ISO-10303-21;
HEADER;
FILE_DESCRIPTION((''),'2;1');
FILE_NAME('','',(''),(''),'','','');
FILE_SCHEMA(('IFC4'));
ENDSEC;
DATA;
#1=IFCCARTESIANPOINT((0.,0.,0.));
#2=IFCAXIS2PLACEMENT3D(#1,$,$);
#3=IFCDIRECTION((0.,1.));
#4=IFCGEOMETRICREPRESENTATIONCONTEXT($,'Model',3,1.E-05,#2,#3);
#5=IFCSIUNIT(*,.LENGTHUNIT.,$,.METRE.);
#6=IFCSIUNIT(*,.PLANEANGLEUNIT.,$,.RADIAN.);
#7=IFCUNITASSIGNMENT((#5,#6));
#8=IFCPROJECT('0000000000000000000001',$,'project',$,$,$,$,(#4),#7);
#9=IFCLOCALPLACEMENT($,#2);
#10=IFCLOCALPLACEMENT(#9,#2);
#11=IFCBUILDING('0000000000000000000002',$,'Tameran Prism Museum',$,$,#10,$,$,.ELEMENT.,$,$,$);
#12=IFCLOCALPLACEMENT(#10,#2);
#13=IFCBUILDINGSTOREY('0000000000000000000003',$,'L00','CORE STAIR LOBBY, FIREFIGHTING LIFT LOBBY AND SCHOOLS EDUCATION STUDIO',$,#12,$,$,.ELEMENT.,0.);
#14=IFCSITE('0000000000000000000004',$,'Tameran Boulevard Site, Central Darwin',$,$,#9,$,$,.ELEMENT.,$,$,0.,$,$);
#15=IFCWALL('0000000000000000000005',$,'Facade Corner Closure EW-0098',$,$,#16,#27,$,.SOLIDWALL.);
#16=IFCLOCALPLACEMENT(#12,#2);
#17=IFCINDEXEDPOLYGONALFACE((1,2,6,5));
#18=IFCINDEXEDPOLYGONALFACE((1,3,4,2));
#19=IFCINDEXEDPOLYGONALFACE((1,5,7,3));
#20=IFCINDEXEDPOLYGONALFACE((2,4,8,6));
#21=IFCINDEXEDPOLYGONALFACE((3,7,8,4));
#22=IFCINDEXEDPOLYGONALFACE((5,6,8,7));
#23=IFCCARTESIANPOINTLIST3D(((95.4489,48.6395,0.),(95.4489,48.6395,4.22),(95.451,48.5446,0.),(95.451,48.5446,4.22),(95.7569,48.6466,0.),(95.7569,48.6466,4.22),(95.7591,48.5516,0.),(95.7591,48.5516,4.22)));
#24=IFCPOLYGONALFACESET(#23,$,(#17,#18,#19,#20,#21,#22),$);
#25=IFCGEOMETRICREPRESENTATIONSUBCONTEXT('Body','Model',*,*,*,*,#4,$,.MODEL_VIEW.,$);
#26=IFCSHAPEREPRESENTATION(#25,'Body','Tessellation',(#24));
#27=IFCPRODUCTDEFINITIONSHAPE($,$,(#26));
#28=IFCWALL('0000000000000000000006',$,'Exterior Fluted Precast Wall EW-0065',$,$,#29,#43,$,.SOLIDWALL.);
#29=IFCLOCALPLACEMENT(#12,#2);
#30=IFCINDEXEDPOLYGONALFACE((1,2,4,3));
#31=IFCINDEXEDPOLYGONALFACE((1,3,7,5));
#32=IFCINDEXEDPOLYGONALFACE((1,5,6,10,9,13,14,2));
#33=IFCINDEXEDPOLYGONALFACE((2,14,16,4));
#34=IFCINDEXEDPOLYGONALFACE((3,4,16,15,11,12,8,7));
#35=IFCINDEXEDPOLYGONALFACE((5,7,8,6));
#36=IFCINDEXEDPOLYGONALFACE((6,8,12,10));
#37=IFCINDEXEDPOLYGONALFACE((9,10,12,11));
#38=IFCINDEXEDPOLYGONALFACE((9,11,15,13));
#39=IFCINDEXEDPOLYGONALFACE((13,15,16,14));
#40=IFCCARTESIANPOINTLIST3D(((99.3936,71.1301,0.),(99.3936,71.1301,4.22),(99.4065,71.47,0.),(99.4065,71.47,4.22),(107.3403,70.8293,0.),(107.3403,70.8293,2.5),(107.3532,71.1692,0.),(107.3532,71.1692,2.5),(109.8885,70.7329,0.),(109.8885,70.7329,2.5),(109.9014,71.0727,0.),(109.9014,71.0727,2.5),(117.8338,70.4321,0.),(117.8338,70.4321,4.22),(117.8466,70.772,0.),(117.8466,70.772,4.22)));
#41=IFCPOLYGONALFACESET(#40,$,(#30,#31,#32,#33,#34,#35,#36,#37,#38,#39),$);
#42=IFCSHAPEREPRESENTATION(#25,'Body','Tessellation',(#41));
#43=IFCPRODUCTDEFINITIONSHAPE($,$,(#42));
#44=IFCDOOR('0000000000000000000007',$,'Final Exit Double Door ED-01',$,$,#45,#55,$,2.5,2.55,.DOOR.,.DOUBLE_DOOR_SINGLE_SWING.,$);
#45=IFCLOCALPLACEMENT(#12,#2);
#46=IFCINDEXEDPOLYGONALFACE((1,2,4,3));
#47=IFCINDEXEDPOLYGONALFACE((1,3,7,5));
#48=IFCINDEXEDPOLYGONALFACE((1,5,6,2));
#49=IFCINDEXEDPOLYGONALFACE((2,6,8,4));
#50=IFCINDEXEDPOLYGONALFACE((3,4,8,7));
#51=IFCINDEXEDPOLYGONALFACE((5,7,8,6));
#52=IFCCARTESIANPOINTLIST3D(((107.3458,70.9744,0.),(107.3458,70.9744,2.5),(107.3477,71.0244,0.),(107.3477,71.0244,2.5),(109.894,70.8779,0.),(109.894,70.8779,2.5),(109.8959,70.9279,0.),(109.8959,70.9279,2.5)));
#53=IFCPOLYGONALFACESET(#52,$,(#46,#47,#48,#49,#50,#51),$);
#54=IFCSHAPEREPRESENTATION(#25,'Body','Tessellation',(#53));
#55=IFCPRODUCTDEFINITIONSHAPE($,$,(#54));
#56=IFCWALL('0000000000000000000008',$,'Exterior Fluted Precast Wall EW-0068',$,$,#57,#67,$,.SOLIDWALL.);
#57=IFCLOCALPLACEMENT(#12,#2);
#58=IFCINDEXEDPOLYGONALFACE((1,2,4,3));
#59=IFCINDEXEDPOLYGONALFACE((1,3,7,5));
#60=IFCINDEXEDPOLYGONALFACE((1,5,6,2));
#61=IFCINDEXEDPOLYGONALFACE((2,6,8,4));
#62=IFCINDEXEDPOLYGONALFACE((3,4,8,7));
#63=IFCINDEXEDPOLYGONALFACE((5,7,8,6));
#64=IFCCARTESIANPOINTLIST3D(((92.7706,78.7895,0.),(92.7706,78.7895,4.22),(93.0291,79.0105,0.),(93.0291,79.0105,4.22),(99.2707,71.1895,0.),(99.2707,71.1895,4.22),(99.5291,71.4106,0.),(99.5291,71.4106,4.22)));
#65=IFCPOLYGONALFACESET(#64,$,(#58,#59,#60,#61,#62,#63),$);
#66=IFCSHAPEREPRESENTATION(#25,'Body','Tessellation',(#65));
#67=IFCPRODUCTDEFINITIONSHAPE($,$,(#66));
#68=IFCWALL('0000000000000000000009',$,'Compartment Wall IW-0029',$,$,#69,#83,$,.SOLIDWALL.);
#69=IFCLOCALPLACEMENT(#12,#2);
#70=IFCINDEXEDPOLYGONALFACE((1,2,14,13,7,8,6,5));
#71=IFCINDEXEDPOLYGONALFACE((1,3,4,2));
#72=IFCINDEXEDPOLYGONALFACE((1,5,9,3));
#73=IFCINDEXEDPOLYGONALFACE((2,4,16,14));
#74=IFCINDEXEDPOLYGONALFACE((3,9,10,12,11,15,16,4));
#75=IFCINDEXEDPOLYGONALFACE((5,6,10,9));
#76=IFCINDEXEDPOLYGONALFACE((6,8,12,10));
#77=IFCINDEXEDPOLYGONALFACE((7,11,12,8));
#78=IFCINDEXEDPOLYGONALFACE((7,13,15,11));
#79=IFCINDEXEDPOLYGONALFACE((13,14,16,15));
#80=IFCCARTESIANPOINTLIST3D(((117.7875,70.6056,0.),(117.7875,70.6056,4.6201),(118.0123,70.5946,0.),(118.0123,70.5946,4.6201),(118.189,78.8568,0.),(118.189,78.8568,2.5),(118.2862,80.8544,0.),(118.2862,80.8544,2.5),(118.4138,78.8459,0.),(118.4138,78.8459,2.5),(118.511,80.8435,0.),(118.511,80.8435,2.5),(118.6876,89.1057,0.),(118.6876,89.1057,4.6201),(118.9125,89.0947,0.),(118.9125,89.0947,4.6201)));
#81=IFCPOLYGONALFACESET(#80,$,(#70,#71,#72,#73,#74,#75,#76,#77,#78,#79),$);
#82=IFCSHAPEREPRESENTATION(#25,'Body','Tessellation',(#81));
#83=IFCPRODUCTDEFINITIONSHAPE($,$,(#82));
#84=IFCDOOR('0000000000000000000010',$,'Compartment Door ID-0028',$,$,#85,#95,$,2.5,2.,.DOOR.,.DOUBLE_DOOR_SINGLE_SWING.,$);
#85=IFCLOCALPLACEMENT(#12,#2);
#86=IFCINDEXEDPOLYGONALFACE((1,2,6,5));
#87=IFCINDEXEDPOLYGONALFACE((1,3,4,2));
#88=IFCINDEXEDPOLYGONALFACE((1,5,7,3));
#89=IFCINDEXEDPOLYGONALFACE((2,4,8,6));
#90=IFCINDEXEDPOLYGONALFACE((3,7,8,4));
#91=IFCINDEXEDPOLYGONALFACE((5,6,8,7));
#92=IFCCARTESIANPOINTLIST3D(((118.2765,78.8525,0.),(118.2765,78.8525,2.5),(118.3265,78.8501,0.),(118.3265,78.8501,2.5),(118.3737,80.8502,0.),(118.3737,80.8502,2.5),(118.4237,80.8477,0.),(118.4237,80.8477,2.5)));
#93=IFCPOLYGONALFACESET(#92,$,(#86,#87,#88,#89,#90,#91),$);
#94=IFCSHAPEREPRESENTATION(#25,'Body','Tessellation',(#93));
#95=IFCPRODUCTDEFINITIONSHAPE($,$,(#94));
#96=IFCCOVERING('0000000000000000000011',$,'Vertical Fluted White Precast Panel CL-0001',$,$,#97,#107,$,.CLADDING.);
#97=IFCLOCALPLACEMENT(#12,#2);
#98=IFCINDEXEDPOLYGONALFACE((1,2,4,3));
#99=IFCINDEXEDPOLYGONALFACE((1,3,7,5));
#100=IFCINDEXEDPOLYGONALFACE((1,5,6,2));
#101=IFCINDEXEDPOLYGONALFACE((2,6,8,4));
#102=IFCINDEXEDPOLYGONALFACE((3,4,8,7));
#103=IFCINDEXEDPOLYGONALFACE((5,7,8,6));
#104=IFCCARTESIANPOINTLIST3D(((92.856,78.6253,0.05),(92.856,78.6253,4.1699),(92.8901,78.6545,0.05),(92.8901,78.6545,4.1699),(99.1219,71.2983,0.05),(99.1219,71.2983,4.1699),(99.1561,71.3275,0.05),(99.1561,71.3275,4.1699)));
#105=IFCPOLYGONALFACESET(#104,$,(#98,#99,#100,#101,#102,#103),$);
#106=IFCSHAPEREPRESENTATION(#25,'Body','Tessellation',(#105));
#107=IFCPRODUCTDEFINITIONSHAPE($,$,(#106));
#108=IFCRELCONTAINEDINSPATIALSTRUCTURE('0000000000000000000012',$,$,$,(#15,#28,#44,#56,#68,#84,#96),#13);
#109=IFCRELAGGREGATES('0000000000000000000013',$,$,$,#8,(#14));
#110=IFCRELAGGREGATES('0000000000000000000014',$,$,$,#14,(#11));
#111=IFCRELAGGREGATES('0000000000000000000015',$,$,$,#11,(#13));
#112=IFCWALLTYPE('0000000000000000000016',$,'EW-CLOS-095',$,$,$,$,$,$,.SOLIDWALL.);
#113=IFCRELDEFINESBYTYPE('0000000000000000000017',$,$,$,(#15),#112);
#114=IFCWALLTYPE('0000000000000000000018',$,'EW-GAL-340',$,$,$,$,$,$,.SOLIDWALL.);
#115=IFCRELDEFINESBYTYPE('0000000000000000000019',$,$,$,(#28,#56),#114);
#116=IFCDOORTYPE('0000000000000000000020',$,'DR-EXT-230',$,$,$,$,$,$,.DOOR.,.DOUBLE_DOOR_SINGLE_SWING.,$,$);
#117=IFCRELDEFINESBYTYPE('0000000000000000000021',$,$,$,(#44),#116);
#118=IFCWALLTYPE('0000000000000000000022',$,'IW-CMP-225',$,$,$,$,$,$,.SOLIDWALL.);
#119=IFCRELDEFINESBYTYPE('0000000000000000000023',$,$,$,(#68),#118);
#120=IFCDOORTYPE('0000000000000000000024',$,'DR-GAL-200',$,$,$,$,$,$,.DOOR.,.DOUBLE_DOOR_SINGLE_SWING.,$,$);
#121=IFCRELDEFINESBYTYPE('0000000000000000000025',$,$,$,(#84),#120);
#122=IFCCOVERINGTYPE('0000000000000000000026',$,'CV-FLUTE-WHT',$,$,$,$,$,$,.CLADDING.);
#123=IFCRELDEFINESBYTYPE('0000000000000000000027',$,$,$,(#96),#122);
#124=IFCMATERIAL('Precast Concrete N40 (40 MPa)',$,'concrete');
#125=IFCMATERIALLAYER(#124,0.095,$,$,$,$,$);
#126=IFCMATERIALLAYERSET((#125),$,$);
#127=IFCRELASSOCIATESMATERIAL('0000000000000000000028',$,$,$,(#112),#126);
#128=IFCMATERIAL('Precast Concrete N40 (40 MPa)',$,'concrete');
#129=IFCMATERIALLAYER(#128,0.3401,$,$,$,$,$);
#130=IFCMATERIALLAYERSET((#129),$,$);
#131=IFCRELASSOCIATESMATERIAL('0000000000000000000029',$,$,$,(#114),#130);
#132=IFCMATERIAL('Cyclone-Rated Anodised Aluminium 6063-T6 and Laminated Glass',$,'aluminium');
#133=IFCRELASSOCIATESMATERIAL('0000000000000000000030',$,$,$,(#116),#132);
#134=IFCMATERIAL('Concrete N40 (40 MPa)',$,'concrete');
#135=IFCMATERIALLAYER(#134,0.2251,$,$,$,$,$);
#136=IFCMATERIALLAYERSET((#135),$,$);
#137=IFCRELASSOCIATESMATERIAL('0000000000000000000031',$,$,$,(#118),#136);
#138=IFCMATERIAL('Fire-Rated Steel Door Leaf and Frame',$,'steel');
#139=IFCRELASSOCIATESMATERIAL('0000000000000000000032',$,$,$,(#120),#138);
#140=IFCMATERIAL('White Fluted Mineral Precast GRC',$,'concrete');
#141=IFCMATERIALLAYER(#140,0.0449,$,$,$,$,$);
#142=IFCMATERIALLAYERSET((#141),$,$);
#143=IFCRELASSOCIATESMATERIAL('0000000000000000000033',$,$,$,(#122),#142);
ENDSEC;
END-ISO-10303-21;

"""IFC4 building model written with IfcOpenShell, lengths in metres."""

from ifc_helpers import new_model, si_unit, direction, frame, frame_2d, origin, place, context, subcontext, project, spatial, rectangle, extrude, material, layer, layer_set, type_object, element, fill, save


model = new_model("IFC4")

# Units and contexts
model_context = context("Model", 3, precision=1e-05, world=origin(), true_north=direction((0.0, 1.0)))
body_context = subcontext(model_context, "Body", "Model", "MODEL_VIEW")
ifc_project = project(units=[si_unit("LENGTHUNIT", "METRE"), si_unit("PLANEANGLEUNIT", "RADIAN")], contexts=[model_context])

# Site, building, storey
site_placement = place(None, origin())
site = spatial("IfcSite", under=ifc_project, at=site_placement, Name="Tameran Boulevard Site, Central Darwin", CompositionType="ELEMENT", RefElevation=0.0)
building_placement = place(site_placement, origin())
building = spatial("IfcBuilding", under=site, at=building_placement, Name="Tameran Prism Museum", CompositionType="ELEMENT")
storey_placement = place(building_placement, origin())
storey = spatial("IfcBuildingStorey", under=building, at=storey_placement, Name="L00", Description="CORE STAIR LOBBY, FIREFIGHTING LIFT LOBBY AND SCHOOLS EDUCATION STUDIO", CompositionType="ELEMENT", Elevation=0.0)

# Wall
ifc_material_1 = material(Name="Precast Concrete N40 (40 MPa)", Category="concrete")
ifc_layer_1 = layer(ifc_material_1, 0.095)
ifc_layer_set_1 = layer_set([ifc_layer_1])
wall_type_1 = type_object("IfcWallType", Name="EW-CLOS-095", PredefinedType="SOLIDWALL", material=ifc_layer_set_1)
wall_1_placement = place(storey_placement, frame((95.45, 48.592, 0.0), z_axis=(0.0, 0.0, 1.0), x_axis=(0.999736, 0.022973, 0.0)))
element("IfcWall", 1, at=wall_1_placement, inside=storey, type_object=wall_type_1, Name="Facade Corner Closure EW-0098", PredefinedType="SOLIDWALL", context=body_context, shape_type="SweptSolid", body=[
    extrude(rectangle(XDim=0.3081, YDim=0.095, at=frame_2d((0.1541, 0.0))), origin(), (0.0, 0.0, 1.0), 4.22),
])

# Wall, opening, door
ifc_material_2 = material(Name="Precast Concrete N40 (40 MPa)", Category="concrete")
ifc_layer_2 = layer(ifc_material_2, 0.3401)
ifc_layer_set_2 = layer_set([ifc_layer_2])
wall_type_2 = type_object("IfcWallType", Name="EW-GAL-340", PredefinedType="SOLIDWALL", material=ifc_layer_set_2)
wall_2_placement = place(storey_placement, frame((117.8401, 70.6021, 0.0), z_axis=(0.0, 0.0, 1.0), x_axis=(-0.999284, 0.037825, 0.0)))
wall_2 = element("IfcWall", 2, at=wall_2_placement, inside=storey, type_object=wall_type_2, Name="Exterior Fluted Precast Wall EW-0065", PredefinedType="SOLIDWALL", context=body_context, shape_type="SweptSolid", body=[
    extrude(rectangle(XDim=18.4534, YDim=0.3401, at=frame_2d((9.2266, 0.0))), origin(), (0.0, 0.0, 1.0), 4.22),
])
opening_1_placement = place(wall_2_placement, frame((7.9509, 0.0, 0.0)))
opening_1 = element("IfcOpeningElement", 3, at=opening_1_placement, cuts=wall_2, PredefinedType="OPENING", context=body_context, shape_type="SweptSolid", body=[
    extrude(rectangle(XDim=2.55, YDim=2.5, at=frame_2d((1.2749, 1.25))), frame((0.0, 0.1799, 0.0), z_axis=(0.0, -1.0, 0.0), x_axis=(1.0, 0.0, 0.0)), (0.0, 0.0, 1.0), 0.3601),
])
ifc_material_3 = material(Name="Cyclone-Rated Anodised Aluminium 6063-T6 and Laminated Glass", Category="aluminium")
door_type_1 = type_object("IfcDoorType", Name="DR-EXT-230", OperationType="DOUBLE_DOOR_SINGLE_SWING", PredefinedType="DOOR", material=ifc_material_3)
door_1_placement = place(opening_1_placement, origin())
door_1 = element("IfcDoor", 4, at=door_1_placement, inside=storey, type_object=door_type_1, Name="Final Exit Double Door ED-01", OperationType="DOUBLE_DOOR_SINGLE_SWING", OverallHeight=2.5, OverallWidth=2.55, PredefinedType="DOOR", context=body_context, shape_type="SweptSolid", body=[
    extrude(rectangle(XDim=2.55, YDim=2.5, at=frame_2d((1.2749, 1.25))), frame((0.0, 0.0249, 0.0), z_axis=(0.0, -1.0, 0.0), x_axis=(1.0, 0.0, 0.0)), (0.0, 0.0, 1.0), 0.05),
])
fill(opening_1, door_1)

# Wall
wall_3_placement = place(storey_placement, frame((99.3999, 71.3, 0.0), z_axis=(0.0, 0.0, 1.0), x_axis=(-0.649975, 0.759956, 0.0)))
element("IfcWall", 5, at=wall_3_placement, inside=storey, type_object=wall_type_2, Name="Exterior Fluted Precast Wall EW-0068", PredefinedType="SOLIDWALL", context=body_context, shape_type="SweptSolid", body=[
    extrude(rectangle(XDim=10.0005, YDim=0.3401, at=frame_2d((5.0002, 0.0))), origin(), (0.0, 0.0, 1.0), 4.22),
])

# Wall, opening, door
ifc_material_4 = material(Name="Concrete N40 (40 MPa)", Category="concrete")
ifc_layer_3 = layer(ifc_material_4, 0.2251)
ifc_layer_set_3 = layer_set([ifc_layer_3])
wall_type_3 = type_object("IfcWallType", Name="IW-CMP-225", PredefinedType="SOLIDWALL", material=ifc_layer_set_3)
wall_4_placement = place(storey_placement, frame((117.8999, 70.6001, 0.0), z_axis=(0.0, 0.0, 1.0), x_axis=(0.048599, 0.998818, 0.0)))
wall_4 = element("IfcWall", 6, at=wall_4_placement, inside=storey, type_object=wall_type_3, Name="Compartment Wall IW-0029", PredefinedType="SOLIDWALL", context=body_context, shape_type="SweptSolid", body=[
    extrude(rectangle(XDim=18.522, YDim=0.2251, at=frame_2d((9.261, 0.0))), origin(), (0.0, 0.0, 1.0), 4.6201),
])
opening_2_placement = place(wall_4_placement, frame((8.261, 0.0, 0.0)))
opening_2 = element("IfcOpeningElement", 7, at=opening_2_placement, cuts=wall_4, PredefinedType="OPENING", context=body_context, shape_type="SweptSolid", body=[
    extrude(rectangle(XDim=2.0, YDim=2.5, at=frame_2d((1.0, 1.25))), frame((0.0, 0.1226, 0.0), z_axis=(0.0, -1.0, 0.0), x_axis=(1.0, 0.0, 0.0)), (0.0, 0.0, 1.0), 0.2451),
])
ifc_material_5 = material(Name="Fire-Rated Steel Door Leaf and Frame", Category="steel")
door_type_2 = type_object("IfcDoorType", Name="DR-GAL-200", OperationType="DOUBLE_DOOR_SINGLE_SWING", PredefinedType="DOOR", material=ifc_material_5)
door_2_placement = place(opening_2_placement, origin())
door_2 = element("IfcDoor", 8, at=door_2_placement, inside=storey, type_object=door_type_2, Name="Compartment Door ID-0028", OperationType="DOUBLE_DOOR_SINGLE_SWING", OverallHeight=2.5, OverallWidth=2.0, PredefinedType="DOOR", context=body_context, shape_type="SweptSolid", body=[
    extrude(rectangle(XDim=2.0, YDim=2.5, at=frame_2d((1.0, 1.25))), frame((0.0, 0.0249, 0.0), z_axis=(0.0, -1.0, 0.0), x_axis=(1.0, 0.0, 0.0)), (0.0, 0.0, 1.0), 0.05),
])
fill(opening_2, door_2)

# Covering
ifc_material_6 = material(Name="White Fluted Mineral Precast GRC", Category="concrete")
ifc_layer_4 = layer(ifc_material_6, 0.0449)
ifc_layer_set_4 = layer_set([ifc_layer_4])
covering_type = type_object("IfcCoveringType", Name="CV-FLUTE-WHT", PredefinedType="CLADDING", material=ifc_layer_set_4)
covering_placement = place(storey_placement, frame((99.1389, 71.313, 0.05), z_axis=(0.0, 0.0, 1.0), x_axis=(-0.649934, 0.759991, 0.0)))
element("IfcCovering", 9, at=covering_placement, inside=storey, type_object=covering_type, Name="Vertical Fluted White Precast Panel CL-0001", PredefinedType="CLADDING", context=body_context, shape_type="SweptSolid", body=[
    extrude(rectangle(XDim=9.6409, YDim=0.0449, at=frame_2d((4.8203, 0.0))), origin(), (0.0, 0.0, 1.0), 4.1199),
])

save(model, "model.ifc")
